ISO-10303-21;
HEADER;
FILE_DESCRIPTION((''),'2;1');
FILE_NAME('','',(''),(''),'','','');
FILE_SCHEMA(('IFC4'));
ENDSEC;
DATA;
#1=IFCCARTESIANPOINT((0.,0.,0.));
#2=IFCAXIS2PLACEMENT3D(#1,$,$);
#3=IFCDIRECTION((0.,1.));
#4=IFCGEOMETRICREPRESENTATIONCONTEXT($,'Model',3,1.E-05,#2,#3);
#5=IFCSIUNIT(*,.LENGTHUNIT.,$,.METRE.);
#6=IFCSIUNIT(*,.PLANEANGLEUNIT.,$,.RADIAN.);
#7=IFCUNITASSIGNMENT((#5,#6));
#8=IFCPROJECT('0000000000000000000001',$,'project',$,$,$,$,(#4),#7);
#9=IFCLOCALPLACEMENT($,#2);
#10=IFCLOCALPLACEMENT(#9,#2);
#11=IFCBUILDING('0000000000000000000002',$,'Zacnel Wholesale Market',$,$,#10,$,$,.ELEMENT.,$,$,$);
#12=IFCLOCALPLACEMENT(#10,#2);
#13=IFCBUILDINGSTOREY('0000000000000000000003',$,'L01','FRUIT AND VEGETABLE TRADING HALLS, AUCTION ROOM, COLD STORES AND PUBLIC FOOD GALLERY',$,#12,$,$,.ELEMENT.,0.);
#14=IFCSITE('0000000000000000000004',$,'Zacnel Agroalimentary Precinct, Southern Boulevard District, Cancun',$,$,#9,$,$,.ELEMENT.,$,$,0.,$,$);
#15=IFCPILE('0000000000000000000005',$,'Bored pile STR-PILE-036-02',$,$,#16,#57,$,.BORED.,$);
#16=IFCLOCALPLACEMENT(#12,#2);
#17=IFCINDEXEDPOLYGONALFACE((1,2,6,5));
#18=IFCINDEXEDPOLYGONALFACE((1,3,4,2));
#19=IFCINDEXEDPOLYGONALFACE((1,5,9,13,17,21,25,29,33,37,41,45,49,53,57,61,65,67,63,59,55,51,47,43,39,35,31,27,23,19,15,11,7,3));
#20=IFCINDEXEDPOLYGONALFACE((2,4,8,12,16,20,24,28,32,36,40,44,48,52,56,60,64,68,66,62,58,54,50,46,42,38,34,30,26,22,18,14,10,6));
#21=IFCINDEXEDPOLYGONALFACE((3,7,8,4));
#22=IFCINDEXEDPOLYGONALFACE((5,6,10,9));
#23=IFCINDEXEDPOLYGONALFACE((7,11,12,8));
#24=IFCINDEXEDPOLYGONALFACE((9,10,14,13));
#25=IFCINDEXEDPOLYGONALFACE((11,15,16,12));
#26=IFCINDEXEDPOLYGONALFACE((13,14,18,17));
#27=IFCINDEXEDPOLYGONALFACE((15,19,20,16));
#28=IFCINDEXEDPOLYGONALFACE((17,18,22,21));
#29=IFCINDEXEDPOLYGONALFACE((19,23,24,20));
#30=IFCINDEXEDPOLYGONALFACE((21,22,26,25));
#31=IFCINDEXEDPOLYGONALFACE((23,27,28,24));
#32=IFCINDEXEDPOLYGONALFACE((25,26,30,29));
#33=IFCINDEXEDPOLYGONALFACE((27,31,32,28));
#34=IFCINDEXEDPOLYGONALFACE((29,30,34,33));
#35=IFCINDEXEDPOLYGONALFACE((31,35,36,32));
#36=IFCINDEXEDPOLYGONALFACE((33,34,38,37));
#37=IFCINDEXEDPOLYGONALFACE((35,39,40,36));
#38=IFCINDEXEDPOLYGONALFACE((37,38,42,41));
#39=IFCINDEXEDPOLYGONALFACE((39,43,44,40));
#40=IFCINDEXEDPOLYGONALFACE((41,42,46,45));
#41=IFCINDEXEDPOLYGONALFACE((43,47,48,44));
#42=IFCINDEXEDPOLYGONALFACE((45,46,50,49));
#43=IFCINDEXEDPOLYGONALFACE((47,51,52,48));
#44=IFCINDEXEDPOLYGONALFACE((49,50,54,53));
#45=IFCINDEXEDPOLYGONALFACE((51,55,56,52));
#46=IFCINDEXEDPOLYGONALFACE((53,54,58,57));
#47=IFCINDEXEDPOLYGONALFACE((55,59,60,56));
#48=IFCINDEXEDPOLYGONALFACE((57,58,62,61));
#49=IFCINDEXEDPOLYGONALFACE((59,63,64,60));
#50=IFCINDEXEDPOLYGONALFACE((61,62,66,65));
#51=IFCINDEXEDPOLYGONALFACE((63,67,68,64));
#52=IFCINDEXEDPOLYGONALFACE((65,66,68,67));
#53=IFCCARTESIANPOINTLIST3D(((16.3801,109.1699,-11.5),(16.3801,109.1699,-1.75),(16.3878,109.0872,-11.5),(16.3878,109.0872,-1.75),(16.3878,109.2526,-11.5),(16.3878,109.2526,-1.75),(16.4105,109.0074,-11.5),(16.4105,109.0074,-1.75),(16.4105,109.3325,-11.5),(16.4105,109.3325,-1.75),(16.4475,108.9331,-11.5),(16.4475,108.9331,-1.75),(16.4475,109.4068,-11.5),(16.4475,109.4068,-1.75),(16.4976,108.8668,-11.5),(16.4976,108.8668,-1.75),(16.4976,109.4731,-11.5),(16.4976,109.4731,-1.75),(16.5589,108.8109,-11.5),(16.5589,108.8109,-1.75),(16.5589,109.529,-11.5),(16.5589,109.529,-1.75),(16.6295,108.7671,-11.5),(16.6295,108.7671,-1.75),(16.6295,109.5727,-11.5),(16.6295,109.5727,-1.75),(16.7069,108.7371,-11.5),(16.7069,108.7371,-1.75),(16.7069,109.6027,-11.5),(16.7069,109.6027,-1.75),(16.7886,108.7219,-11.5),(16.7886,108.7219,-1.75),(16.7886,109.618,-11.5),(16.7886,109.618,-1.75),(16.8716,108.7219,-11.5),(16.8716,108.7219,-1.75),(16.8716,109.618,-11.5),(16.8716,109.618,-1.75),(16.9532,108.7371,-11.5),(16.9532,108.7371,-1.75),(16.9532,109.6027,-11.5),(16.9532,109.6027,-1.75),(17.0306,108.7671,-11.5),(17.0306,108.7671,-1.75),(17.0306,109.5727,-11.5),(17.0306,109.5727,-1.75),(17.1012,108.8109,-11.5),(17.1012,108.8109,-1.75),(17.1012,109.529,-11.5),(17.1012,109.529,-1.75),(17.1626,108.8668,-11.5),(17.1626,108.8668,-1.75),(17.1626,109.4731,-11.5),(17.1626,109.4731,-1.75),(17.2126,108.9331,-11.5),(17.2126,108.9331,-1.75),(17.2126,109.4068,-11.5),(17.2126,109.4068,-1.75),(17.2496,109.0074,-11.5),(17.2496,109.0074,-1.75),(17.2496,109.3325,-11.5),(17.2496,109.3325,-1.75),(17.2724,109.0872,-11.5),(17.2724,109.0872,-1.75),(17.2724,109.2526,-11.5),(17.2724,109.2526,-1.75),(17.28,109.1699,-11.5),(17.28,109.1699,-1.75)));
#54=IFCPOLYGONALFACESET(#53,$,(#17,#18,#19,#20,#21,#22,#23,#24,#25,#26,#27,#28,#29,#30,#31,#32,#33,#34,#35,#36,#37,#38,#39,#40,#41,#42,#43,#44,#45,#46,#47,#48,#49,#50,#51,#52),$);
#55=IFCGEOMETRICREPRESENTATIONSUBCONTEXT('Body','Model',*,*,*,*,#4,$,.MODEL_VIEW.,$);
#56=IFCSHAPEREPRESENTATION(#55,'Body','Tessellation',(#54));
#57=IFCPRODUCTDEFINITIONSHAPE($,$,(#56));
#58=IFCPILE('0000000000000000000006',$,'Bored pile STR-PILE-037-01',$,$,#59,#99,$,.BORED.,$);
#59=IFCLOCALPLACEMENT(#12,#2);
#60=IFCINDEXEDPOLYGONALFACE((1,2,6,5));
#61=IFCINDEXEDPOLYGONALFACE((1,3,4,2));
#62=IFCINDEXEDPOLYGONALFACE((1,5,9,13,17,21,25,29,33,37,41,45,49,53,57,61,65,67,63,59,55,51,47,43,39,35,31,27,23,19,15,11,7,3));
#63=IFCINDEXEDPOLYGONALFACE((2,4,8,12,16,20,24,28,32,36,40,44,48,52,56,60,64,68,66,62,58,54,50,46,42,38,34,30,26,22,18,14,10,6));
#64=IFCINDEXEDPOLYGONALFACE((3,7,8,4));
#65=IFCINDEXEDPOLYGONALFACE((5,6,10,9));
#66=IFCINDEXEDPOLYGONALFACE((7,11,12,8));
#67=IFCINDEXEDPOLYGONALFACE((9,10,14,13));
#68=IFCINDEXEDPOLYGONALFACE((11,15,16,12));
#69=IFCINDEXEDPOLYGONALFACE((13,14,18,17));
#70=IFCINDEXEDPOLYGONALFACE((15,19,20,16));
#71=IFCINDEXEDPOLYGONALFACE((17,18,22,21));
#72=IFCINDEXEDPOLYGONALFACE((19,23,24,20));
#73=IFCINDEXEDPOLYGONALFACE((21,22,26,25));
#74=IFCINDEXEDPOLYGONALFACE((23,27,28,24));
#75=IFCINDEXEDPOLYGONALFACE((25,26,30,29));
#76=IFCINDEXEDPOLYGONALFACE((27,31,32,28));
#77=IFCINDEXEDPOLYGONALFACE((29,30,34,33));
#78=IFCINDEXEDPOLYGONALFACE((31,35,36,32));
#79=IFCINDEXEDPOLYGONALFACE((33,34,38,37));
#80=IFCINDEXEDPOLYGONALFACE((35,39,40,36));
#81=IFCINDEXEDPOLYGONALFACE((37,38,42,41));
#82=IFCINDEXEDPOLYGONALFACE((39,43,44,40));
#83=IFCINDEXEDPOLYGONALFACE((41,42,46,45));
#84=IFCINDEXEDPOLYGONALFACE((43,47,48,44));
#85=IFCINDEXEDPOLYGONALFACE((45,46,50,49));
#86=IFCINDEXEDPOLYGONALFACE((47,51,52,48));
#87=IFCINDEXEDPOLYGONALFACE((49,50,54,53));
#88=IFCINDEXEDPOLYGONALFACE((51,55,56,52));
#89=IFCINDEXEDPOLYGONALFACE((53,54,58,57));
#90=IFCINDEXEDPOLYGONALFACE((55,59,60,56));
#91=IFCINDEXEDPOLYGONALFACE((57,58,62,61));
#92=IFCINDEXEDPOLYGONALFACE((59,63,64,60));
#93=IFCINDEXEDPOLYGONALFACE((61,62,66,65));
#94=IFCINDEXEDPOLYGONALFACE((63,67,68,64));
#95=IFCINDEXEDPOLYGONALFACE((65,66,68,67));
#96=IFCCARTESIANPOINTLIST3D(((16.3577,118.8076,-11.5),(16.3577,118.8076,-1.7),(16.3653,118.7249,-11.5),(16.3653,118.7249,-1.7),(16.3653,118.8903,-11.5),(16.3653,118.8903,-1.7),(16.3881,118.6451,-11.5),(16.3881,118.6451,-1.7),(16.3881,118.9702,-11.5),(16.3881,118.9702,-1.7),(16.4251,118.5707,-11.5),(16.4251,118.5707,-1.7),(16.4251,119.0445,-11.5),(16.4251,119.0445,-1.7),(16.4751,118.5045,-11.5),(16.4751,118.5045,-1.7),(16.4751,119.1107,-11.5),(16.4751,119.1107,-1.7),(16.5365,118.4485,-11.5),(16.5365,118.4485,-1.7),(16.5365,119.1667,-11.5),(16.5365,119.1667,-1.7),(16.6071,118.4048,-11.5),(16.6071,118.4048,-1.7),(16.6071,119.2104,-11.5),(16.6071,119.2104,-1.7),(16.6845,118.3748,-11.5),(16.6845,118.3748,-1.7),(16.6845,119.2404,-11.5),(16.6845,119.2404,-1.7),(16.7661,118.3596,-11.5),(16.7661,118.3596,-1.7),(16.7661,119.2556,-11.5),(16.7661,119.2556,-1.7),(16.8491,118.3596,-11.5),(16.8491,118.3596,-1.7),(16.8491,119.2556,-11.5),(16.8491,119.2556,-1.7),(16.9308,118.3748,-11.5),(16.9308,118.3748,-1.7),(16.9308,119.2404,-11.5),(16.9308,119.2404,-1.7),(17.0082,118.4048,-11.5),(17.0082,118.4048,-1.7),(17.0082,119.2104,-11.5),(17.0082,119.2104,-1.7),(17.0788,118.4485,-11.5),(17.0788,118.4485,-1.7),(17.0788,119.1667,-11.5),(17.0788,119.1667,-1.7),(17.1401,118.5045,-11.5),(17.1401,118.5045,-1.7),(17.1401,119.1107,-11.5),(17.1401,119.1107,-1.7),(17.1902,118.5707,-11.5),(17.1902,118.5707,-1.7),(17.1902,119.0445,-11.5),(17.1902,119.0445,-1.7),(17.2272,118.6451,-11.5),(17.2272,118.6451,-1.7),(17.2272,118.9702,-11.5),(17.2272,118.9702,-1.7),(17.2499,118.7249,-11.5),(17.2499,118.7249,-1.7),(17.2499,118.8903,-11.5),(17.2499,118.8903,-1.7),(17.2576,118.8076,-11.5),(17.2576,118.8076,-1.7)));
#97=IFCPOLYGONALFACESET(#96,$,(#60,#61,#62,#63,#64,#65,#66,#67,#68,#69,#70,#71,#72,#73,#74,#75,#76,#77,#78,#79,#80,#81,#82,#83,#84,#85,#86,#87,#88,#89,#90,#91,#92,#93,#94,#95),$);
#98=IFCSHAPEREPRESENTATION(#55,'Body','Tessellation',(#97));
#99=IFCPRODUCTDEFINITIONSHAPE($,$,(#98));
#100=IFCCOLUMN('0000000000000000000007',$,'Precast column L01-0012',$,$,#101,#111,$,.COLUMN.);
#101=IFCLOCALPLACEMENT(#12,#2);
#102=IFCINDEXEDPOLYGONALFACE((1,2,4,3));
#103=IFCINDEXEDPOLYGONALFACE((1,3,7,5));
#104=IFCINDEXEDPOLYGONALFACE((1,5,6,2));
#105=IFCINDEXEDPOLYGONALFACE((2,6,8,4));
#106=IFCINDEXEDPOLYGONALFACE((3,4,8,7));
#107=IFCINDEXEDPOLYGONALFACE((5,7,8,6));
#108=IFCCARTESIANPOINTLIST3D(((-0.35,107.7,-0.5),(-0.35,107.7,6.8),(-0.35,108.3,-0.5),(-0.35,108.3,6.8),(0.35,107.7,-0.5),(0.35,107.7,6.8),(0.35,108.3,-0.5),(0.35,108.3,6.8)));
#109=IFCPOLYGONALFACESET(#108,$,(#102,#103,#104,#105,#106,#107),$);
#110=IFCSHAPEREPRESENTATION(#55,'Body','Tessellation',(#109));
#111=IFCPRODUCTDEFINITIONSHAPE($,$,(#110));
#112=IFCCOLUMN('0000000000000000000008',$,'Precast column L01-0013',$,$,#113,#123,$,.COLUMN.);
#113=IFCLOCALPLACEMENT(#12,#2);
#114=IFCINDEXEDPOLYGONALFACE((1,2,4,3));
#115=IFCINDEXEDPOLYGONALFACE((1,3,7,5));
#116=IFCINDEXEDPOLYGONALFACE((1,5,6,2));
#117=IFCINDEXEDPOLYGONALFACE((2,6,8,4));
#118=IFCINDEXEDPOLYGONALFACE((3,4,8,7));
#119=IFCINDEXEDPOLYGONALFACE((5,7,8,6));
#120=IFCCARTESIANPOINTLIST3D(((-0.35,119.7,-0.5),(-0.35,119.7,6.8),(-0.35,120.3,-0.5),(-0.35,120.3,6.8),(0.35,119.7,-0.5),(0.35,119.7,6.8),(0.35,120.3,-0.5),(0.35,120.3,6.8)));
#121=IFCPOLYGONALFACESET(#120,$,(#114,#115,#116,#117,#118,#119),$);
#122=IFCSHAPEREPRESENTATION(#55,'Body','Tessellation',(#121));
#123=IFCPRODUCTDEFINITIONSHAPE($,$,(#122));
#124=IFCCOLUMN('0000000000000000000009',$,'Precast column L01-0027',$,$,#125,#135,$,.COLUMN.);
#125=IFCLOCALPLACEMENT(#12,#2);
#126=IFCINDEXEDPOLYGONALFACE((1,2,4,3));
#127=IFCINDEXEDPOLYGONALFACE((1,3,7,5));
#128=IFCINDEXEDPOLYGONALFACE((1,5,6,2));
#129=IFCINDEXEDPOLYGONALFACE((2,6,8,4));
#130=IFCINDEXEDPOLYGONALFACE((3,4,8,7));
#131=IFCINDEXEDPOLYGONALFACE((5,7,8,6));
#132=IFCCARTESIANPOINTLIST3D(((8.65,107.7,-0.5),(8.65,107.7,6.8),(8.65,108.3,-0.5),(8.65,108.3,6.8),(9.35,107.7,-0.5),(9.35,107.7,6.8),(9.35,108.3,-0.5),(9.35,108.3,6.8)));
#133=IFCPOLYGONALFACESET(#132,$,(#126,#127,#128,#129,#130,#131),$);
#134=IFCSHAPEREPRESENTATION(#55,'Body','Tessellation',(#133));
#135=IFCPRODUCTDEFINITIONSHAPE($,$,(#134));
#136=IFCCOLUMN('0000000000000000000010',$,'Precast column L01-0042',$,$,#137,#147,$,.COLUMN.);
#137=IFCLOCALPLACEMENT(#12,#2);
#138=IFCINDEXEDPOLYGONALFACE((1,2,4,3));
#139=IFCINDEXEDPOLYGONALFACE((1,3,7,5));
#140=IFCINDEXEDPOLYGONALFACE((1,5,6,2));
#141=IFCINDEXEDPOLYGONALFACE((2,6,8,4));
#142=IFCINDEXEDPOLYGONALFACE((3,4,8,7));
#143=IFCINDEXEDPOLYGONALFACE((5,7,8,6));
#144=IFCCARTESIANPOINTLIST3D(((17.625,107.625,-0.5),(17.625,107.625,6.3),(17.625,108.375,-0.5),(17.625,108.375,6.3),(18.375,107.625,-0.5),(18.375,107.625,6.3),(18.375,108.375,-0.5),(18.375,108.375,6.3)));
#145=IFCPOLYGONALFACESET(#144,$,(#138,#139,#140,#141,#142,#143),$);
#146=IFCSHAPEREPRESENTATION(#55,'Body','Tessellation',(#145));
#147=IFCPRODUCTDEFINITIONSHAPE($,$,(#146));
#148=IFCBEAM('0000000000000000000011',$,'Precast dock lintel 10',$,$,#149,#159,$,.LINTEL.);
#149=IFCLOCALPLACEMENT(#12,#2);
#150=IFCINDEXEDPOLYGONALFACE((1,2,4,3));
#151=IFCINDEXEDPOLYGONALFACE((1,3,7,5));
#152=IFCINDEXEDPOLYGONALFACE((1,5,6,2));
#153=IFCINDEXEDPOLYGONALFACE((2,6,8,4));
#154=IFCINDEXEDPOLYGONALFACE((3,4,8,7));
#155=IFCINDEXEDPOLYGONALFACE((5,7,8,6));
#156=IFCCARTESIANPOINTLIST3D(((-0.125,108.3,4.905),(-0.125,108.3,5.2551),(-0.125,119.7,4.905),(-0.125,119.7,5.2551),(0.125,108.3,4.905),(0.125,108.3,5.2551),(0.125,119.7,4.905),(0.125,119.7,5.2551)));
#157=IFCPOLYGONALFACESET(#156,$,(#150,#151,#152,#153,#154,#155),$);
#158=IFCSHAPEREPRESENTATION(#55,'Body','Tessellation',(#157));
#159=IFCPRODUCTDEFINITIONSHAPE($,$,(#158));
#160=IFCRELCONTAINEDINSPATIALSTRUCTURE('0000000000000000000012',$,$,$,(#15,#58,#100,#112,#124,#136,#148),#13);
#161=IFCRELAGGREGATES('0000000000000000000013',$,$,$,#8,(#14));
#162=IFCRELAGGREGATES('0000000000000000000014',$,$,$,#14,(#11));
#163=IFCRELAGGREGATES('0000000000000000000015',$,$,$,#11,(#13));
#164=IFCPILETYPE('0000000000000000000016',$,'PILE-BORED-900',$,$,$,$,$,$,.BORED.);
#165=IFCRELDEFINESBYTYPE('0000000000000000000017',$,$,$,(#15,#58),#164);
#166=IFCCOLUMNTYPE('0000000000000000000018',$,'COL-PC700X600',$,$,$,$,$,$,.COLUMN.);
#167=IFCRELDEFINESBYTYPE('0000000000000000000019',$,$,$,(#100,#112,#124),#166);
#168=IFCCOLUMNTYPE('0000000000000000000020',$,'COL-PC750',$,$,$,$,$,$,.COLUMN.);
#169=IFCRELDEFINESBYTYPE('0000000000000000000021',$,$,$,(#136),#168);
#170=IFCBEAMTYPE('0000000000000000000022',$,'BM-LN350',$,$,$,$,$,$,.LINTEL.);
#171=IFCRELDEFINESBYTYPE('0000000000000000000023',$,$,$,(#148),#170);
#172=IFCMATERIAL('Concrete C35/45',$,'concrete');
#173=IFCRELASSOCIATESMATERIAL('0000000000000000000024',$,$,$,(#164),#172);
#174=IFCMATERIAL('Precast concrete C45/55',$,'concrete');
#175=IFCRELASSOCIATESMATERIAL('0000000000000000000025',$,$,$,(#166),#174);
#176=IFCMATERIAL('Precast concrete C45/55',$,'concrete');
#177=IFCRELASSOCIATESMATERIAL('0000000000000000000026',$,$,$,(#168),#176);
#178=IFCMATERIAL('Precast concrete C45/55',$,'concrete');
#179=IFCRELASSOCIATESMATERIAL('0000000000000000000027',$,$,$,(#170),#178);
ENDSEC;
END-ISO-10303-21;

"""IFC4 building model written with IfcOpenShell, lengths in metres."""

from ifc_helpers import new_model, si_unit, direction, frame, origin, origin_2d, place, context, subcontext, project, spatial, rectangle, circle, extrude, material, material_profile, profile_set, type_object, element, save


model = new_model("IFC4")

# Units and contexts
model_context = context("Model", 3, precision=1e-05, world=origin(), true_north=direction((0.0, 1.0)))
body_context = subcontext(model_context, "Body", "Model", "MODEL_VIEW")
ifc_project = project(units=[si_unit("LENGTHUNIT", "METRE"), si_unit("PLANEANGLEUNIT", "RADIAN")], contexts=[model_context])

# Site, building, storey
site_placement = place(None, origin())
site = spatial("IfcSite", under=ifc_project, at=site_placement, Name="Zacnel Agroalimentary Precinct, Southern Boulevard District, Cancun", CompositionType="ELEMENT", RefElevation=0.0)
building_placement = place(site_placement, origin())
building = spatial("IfcBuilding", under=site, at=building_placement, Name="Zacnel Wholesale Market", CompositionType="ELEMENT")
storey_placement = place(building_placement, origin())
storey = spatial("IfcBuildingStorey", under=building, at=storey_placement, Name="L01", Description="FRUIT AND VEGETABLE TRADING HALLS, AUCTION ROOM, COLD STORES AND PUBLIC FOOD GALLERY", CompositionType="ELEMENT", Elevation=0.0)

# Piles
ifc_material_1 = material(Name="Concrete C35/45", Category="concrete")
ifc_material_profile_1 = material_profile(ifc_material_1, circle(Radius=0.45, at=origin_2d()), Name="BORED PILE D900")
ifc_profile_set_1 = profile_set([ifc_material_profile_1], Name="Concrete C35/45")
pile_type = type_object("IfcPileType", Name="PILE-BORED-900", PredefinedType="BORED", material=ifc_profile_set_1)
for number, where, z_axis, x_axis, name in (
    (1, (16.8301, 109.1699, -1.75), (0.0, 0.0, -1.0), (1.0, 0.0, 0.0), "Bored pile STR-PILE-036-02"),
):
    element("IfcPile", number, at=place(storey_placement, frame(where, z_axis=z_axis, x_axis=x_axis)), inside=storey, type_object=pile_type, Name=name, PredefinedType="BORED", context=body_context, shape_type="SweptSolid", body=[
        extrude(circle(Radius=0.45, at=origin_2d()), origin(), (0.0, 0.0, 1.0), 9.75),
    ])
pile_placement = place(storey_placement, frame((16.8076, 118.8076, -1.7), z_axis=(0.0, 0.0, -1.0), x_axis=(1.0, 0.0, 0.0)))
element("IfcPile", 2, at=pile_placement, inside=storey, type_object=pile_type, Name="Bored pile STR-PILE-037-01", PredefinedType="BORED", context=body_context, shape_type="SweptSolid", body=[
    extrude(circle(Radius=0.45, at=origin_2d()), origin(), (0.0, 0.0, 1.0), 9.8),
])

# Columns
ifc_material_2 = material(Name="Precast concrete C45/55", Category="concrete")
ifc_material_profile_2 = material_profile(ifc_material_2, rectangle(XDim=0.7, YDim=0.6001, at=origin_2d()), Name="PC 700x600")
ifc_profile_set_2 = profile_set([ifc_material_profile_2], Name="Precast concrete C45/55")
column_type_1 = type_object("IfcColumnType", Name="COL-PC700X600", PredefinedType="COLUMN", material=ifc_profile_set_2)
for number, where, z_axis, x_axis, name in (
    (3, (0.0, 108.0, -0.5), (0.0, 0.0, 1.0), (1.0, 0.0, 0.0), "Precast column L01-0012"),
    (4, (0.0, 120.0, -0.5), (0.0, 0.0, 1.0), (1.0, 0.0, 0.0), "Precast column L01-0013"),
    (5, (9.0, 108.0, -0.5), (0.0, 0.0, 1.0), (1.0, 0.0, 0.0), "Precast column L01-0027"),
):
    element("IfcColumn", number, at=place(storey_placement, frame(where, z_axis=z_axis, x_axis=x_axis)), inside=storey, type_object=column_type_1, Name=name, PredefinedType="COLUMN", context=body_context, shape_type="SweptSolid", body=[
        extrude(rectangle(XDim=0.7, YDim=0.6001, at=origin_2d()), origin(), (0.0, 0.0, 1.0), 7.3),
    ])
ifc_material_3 = material(Name="Precast concrete C45/55", Category="concrete")
ifc_material_profile_3 = material_profile(ifc_material_3, rectangle(XDim=0.75, YDim=0.75, at=origin_2d()), Name="PC 750x750")
ifc_profile_set_3 = profile_set([ifc_material_profile_3], Name="Precast concrete C45/55")
column_type_2 = type_object("IfcColumnType", Name="COL-PC750", PredefinedType="COLUMN", material=ifc_profile_set_3)
column_placement = place(storey_placement, frame((18.0, 108.0, -0.5), z_axis=(0.0, 0.0, 1.0), x_axis=(1.0, 0.0, 0.0)))
element("IfcColumn", 6, at=column_placement, inside=storey, type_object=column_type_2, Name="Precast column L01-0042", PredefinedType="COLUMN", context=body_context, shape_type="SweptSolid", body=[
    extrude(rectangle(XDim=0.75, YDim=0.75, at=origin_2d()), origin(), (0.0, 0.0, 1.0), 6.8),
])

# Beam
ifc_material_4 = material(Name="Precast concrete C45/55", Category="concrete")
ifc_material_profile_4 = material_profile(ifc_material_4, rectangle(XDim=0.25, YDim=0.3501, at=origin_2d()), Name="LN 250x350")
ifc_profile_set_4 = profile_set([ifc_material_profile_4], Name="Precast concrete C45/55")
beam_type = type_object("IfcBeamType", Name="BM-LN350", PredefinedType="LINTEL", material=ifc_profile_set_4)
beam_placement = place(storey_placement, frame((0.0, 108.3, 5.0801), z_axis=(0.0, 1.0, 0.0), x_axis=(-1.0, 0.0, 0.0)))
element("IfcBeam", 7, at=beam_placement, inside=storey, type_object=beam_type, Name="Precast dock lintel 10", PredefinedType="LINTEL", context=body_context, shape_type="SweptSolid", body=[
    extrude(rectangle(XDim=0.25, YDim=0.3501, at=origin_2d()), origin(), (0.0, 0.0, 1.0), 11.3999),
])

save(model, "model.ifc")
